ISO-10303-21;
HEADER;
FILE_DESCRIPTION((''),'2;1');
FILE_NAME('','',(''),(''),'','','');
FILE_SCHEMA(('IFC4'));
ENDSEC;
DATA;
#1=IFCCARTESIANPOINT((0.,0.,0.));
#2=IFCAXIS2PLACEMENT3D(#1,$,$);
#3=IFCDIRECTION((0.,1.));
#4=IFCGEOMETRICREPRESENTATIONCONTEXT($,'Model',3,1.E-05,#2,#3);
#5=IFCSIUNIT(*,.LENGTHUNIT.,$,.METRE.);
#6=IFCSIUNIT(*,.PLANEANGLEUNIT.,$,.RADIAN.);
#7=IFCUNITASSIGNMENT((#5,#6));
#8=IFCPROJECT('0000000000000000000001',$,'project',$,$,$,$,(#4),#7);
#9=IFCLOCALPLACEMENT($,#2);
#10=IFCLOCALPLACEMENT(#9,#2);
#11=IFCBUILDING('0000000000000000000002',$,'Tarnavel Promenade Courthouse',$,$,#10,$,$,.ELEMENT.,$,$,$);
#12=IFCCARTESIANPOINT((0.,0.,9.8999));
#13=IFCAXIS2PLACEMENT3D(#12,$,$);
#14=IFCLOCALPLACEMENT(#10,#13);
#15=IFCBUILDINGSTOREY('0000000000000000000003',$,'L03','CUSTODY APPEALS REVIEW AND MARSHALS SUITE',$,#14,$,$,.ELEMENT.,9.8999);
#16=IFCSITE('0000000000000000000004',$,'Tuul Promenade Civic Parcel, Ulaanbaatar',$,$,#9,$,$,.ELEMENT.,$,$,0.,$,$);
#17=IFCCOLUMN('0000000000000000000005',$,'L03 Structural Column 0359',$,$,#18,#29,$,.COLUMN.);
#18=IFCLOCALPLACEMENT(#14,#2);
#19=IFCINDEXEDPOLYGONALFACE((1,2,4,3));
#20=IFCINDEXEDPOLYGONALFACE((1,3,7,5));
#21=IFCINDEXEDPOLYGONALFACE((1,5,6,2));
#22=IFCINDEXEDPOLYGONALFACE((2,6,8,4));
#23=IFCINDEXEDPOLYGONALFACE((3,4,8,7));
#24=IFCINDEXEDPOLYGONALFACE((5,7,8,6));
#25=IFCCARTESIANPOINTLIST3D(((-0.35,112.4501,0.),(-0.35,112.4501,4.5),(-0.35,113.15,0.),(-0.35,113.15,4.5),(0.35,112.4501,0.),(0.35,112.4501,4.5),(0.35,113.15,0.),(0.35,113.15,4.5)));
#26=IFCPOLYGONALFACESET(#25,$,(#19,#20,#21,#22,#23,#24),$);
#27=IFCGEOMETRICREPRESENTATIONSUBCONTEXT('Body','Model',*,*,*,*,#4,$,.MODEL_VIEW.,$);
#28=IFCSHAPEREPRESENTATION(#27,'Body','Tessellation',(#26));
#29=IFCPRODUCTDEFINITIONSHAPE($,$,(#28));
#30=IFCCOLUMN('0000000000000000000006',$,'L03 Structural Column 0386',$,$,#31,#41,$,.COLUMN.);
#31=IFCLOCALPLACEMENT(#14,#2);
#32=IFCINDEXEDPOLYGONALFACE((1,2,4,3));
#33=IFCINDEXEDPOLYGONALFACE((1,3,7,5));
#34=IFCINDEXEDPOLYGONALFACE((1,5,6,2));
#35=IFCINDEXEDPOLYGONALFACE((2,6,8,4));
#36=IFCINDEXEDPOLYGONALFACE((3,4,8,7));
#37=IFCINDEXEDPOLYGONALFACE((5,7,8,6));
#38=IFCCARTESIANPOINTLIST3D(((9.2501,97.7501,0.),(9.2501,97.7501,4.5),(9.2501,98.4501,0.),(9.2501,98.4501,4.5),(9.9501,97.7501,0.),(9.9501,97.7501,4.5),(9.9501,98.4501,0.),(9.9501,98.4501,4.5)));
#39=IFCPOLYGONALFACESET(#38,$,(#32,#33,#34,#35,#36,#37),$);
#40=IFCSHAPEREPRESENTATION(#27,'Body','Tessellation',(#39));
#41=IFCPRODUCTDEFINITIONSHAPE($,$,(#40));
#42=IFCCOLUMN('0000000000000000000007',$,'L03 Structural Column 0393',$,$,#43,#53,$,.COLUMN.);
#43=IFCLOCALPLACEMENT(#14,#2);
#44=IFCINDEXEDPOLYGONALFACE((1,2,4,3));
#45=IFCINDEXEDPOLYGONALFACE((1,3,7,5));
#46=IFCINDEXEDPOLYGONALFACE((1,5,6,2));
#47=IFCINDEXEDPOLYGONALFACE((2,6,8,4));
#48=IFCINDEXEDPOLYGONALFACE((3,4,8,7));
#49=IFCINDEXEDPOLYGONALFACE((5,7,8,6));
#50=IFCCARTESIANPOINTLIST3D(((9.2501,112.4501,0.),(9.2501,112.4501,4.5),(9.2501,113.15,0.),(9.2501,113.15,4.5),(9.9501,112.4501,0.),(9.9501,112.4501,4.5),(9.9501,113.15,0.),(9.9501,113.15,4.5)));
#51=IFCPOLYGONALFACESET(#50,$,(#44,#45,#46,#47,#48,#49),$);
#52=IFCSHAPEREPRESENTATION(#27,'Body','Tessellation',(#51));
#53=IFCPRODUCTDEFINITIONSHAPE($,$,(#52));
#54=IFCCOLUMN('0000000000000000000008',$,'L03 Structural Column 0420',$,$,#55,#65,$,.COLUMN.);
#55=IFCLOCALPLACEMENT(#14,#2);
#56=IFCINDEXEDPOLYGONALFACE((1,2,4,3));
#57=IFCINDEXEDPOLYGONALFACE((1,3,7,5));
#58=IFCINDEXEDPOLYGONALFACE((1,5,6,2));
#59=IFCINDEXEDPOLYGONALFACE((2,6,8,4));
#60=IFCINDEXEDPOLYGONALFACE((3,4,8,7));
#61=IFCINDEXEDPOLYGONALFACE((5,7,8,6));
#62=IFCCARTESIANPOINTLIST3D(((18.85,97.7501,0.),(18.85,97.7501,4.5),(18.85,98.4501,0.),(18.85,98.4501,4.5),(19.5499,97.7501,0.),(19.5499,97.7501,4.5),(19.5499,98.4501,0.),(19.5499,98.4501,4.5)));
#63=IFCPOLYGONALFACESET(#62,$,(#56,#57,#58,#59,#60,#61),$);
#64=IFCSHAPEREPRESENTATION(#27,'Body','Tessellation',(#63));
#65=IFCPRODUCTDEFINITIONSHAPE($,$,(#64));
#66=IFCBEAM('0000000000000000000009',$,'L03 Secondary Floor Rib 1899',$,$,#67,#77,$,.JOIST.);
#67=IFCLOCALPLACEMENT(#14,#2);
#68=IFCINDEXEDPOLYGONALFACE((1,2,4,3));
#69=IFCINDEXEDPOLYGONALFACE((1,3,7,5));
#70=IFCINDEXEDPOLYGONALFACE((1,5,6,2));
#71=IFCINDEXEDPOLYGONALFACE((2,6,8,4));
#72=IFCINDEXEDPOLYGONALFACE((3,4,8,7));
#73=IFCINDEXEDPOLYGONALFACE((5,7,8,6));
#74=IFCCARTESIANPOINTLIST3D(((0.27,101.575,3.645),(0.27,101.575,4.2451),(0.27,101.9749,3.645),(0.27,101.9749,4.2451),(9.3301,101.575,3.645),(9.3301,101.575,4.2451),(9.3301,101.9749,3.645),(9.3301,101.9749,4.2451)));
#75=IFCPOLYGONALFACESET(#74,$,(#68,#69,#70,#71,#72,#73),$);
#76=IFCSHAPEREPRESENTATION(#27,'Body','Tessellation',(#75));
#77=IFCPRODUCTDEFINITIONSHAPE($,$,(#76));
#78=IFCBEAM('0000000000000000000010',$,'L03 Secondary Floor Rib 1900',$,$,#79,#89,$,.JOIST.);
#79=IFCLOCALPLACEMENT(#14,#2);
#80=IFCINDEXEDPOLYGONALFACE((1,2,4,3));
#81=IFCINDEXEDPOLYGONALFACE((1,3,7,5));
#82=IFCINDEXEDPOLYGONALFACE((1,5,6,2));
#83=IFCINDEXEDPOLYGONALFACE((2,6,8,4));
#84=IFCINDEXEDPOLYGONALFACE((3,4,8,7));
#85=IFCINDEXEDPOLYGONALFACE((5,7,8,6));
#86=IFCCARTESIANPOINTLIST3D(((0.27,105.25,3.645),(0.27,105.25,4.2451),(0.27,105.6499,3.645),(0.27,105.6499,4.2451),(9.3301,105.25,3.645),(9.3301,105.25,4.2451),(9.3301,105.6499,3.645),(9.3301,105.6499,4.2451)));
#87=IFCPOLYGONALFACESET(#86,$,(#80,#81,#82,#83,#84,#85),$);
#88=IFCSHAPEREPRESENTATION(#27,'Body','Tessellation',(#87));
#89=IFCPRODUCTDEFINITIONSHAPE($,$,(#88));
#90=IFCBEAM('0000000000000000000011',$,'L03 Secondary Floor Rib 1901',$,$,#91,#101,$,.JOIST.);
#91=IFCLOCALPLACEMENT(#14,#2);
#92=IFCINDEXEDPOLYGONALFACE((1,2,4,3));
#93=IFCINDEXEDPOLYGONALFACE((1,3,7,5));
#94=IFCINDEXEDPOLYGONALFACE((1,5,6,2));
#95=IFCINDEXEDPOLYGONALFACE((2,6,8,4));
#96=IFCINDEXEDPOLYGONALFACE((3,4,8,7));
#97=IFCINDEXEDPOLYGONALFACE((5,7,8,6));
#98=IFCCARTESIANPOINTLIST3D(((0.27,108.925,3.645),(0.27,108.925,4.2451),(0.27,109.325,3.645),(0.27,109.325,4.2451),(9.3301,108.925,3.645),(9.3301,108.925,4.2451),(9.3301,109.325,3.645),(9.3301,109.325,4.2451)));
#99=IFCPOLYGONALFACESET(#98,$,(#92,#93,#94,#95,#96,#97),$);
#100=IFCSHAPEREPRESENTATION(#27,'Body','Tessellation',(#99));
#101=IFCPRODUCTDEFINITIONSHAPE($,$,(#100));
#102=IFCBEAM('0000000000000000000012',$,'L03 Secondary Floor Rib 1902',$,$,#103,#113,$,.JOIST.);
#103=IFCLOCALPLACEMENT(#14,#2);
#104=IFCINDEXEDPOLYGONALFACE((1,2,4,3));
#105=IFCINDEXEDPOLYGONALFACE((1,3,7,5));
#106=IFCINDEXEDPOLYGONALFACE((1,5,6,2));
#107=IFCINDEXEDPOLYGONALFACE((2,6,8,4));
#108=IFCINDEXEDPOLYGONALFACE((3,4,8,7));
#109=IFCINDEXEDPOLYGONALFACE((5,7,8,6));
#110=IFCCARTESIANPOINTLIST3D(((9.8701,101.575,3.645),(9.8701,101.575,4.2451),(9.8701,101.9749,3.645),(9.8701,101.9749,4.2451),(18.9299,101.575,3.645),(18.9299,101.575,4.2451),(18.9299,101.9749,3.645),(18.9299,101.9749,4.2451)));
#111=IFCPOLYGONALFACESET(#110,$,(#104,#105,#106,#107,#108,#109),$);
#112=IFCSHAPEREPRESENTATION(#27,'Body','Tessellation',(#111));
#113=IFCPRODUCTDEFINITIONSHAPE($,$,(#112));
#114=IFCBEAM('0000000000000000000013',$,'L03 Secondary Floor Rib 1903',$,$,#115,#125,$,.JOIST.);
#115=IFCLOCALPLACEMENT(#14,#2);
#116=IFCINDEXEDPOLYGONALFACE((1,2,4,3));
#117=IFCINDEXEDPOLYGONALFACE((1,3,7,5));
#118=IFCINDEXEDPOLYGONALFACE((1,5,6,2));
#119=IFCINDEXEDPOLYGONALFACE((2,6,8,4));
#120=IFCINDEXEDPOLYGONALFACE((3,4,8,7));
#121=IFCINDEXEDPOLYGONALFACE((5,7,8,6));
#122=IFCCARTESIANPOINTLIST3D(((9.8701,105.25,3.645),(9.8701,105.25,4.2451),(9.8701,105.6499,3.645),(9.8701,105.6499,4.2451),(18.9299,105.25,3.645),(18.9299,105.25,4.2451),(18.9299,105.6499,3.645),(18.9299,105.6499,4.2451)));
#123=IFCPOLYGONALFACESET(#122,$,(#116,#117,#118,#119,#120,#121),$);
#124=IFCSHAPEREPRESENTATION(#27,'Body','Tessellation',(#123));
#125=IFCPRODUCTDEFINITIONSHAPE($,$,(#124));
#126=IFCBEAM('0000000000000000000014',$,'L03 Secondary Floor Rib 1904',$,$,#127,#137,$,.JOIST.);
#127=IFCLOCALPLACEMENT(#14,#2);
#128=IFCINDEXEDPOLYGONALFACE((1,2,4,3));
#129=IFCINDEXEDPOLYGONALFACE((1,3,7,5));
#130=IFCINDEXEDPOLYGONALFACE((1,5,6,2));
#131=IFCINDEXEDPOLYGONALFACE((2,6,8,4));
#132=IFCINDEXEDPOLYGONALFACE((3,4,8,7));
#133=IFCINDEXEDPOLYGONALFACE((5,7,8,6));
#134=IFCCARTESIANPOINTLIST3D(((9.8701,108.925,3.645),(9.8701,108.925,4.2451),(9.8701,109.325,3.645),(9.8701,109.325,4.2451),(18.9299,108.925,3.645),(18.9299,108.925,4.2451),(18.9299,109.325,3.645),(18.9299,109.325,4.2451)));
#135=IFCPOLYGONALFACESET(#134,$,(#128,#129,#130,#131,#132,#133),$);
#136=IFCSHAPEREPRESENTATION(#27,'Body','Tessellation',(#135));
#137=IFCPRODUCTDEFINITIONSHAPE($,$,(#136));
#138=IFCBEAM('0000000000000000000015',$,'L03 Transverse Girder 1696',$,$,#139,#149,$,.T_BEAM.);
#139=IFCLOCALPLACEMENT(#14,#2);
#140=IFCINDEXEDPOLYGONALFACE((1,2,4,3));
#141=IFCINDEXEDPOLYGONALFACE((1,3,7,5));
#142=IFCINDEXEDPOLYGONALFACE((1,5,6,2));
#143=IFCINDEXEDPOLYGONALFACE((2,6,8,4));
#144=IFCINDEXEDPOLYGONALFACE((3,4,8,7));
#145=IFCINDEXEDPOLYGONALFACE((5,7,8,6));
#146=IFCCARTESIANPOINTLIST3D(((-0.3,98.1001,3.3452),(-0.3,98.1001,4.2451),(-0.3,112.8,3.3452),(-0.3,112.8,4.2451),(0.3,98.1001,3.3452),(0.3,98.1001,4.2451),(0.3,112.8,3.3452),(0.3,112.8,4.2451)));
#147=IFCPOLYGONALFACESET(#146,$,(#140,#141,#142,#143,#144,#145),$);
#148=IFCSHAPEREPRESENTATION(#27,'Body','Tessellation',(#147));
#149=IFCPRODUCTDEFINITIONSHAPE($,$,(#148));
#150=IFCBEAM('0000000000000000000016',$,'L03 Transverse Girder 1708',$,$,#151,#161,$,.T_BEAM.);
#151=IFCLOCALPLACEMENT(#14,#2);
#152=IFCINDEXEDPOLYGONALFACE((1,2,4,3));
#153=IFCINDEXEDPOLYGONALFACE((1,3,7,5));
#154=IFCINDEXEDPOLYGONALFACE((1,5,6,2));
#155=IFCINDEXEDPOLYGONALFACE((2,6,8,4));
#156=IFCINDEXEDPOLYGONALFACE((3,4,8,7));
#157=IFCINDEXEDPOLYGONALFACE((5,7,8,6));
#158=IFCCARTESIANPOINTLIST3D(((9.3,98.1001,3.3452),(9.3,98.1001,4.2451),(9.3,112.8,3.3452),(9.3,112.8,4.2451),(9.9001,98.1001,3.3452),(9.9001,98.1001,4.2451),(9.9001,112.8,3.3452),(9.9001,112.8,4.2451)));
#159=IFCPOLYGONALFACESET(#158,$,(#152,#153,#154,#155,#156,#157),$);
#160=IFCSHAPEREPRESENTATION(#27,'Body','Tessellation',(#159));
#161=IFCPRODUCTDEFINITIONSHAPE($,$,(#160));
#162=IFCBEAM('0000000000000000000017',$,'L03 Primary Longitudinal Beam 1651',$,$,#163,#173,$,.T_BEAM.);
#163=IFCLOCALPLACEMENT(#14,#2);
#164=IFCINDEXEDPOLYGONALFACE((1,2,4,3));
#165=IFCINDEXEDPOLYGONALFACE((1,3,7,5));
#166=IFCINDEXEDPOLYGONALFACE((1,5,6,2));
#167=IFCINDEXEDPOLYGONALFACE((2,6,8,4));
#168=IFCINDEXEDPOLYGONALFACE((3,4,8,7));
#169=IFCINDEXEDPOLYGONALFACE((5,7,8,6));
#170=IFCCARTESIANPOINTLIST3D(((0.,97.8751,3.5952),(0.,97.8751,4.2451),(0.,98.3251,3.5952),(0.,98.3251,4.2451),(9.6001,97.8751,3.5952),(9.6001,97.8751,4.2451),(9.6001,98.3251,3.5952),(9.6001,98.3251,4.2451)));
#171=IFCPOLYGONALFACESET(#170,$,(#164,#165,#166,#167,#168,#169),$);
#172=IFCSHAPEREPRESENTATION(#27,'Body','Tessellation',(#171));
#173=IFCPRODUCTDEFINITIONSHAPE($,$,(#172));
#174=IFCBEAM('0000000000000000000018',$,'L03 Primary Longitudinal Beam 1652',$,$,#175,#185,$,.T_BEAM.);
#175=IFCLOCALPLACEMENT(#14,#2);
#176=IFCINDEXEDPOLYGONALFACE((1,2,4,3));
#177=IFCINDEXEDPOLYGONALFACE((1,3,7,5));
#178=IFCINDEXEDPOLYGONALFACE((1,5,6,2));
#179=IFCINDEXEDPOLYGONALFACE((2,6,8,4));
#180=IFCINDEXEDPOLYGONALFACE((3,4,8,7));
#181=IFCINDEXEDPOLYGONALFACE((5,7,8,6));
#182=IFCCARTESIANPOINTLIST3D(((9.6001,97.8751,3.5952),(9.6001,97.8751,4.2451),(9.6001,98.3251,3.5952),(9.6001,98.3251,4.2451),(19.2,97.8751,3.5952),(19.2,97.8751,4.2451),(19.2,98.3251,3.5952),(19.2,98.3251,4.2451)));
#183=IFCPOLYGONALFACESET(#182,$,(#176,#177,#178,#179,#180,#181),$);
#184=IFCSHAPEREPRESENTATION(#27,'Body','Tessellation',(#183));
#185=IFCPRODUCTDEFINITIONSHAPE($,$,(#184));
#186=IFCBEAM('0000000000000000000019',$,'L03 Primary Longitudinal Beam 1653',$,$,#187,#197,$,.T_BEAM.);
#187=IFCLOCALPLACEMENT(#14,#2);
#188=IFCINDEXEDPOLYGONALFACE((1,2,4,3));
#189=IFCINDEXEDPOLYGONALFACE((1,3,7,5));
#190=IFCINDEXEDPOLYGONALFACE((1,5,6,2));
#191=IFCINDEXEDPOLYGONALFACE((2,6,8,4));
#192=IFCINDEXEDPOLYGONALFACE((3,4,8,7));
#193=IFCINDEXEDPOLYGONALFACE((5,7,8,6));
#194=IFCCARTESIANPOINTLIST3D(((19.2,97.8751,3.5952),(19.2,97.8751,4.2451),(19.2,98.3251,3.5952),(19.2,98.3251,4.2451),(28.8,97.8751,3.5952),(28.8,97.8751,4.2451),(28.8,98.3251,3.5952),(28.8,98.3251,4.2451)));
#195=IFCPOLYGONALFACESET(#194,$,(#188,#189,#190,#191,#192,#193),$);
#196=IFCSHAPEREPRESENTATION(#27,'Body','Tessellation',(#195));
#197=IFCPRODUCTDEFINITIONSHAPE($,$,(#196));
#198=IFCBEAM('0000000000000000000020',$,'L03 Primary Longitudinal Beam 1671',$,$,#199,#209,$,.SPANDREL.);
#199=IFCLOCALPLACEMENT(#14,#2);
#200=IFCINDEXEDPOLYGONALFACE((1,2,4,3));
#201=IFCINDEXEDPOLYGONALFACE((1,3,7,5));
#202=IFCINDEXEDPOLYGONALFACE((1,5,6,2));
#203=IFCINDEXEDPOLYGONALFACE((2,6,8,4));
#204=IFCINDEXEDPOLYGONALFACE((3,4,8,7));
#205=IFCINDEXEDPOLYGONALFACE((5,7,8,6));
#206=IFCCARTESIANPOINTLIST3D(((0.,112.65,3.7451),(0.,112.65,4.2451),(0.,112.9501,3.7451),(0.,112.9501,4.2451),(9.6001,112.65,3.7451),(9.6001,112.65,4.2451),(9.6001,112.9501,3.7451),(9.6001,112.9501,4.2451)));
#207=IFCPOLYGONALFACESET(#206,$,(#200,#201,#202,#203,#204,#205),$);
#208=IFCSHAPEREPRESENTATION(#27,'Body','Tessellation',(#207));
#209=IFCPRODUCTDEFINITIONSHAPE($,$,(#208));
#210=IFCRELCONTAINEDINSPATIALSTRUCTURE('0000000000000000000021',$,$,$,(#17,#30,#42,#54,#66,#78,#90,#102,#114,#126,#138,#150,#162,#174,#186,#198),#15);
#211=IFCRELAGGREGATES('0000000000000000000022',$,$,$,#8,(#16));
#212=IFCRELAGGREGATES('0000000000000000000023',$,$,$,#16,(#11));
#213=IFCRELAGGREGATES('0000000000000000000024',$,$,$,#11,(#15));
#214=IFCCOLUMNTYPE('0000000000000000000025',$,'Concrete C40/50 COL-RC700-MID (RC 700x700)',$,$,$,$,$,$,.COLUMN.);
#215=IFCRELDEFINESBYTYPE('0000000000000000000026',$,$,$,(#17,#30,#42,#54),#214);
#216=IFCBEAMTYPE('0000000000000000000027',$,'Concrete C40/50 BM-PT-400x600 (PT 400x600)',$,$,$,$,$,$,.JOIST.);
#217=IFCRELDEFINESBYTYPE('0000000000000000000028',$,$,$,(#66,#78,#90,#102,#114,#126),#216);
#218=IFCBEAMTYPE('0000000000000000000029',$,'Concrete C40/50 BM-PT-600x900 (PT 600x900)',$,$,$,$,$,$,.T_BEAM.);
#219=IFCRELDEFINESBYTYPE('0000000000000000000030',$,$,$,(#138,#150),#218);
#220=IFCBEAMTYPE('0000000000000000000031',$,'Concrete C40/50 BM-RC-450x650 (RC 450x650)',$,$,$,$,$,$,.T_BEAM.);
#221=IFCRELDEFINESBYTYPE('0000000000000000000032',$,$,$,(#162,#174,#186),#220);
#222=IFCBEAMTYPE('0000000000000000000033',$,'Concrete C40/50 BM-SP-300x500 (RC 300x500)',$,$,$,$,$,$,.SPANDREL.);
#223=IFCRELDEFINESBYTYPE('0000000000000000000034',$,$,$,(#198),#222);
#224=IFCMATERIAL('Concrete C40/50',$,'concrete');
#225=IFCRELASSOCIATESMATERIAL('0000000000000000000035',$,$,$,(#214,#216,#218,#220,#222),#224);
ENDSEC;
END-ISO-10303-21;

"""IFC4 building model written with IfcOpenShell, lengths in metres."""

from ifc_helpers import new_model, si_unit, direction, frame, origin, origin_2d, place, context, subcontext, project, spatial, rectangle, extrude, material, material_profile, profile_set, type_object, element, save


model = new_model("IFC4")

# Units and contexts
model_context = context("Model", 3, precision=1e-05, world=origin(), true_north=direction((0.0, 1.0)))
body_context = subcontext(model_context, "Body", "Model", "MODEL_VIEW")
ifc_project = project(units=[si_unit("LENGTHUNIT", "METRE"), si_unit("PLANEANGLEUNIT", "RADIAN")], contexts=[model_context])

# Site, building, storey
site_placement = place(None, origin())
site = spatial("IfcSite", under=ifc_project, at=site_placement, Name="Tuul Promenade Civic Parcel, Ulaanbaatar", CompositionType="ELEMENT", RefElevation=0.0)
building_placement = place(site_placement, origin())
building = spatial("IfcBuilding", under=site, at=building_placement, Name="Tarnavel Promenade Courthouse", CompositionType="ELEMENT")
storey_placement = place(building_placement, frame((0.0, 0.0, 9.8999)))
storey = spatial("IfcBuildingStorey", under=building, at=storey_placement, Name="L03", Description="CUSTODY APPEALS REVIEW AND MARSHALS SUITE", CompositionType="ELEMENT", Elevation=9.8999)

# Columns
ifc_material_1 = material(Name="Concrete C40/50", Category="concrete")
ifc_material_profile_1 = material_profile(ifc_material_1, rectangle(XDim=0.7, YDim=0.7, at=origin_2d()), Name="RC 700x700")
ifc_profile_set_1 = profile_set([ifc_material_profile_1], Name="Concrete C40/50")
column_type = type_object("IfcColumnType", Name="Concrete C40/50 COL-RC700-MID (RC 700x700)", PredefinedType="COLUMN", material=ifc_profile_set_1)
for number, where, z_axis, x_axis, name in (
    (1, (0.0, 112.8, 0.0), (0.0, 0.0, 1.0), (1.0, 0.0, 0.0), "L03 Structural Column 0359"),
    (2, (9.6001, 98.1001, 0.0), (0.0, 0.0, 1.0), (1.0, 0.0, 0.0), "L03 Structural Column 0386"),
    (3, (9.6001, 112.8, 0.0), (0.0, 0.0, 1.0), (1.0, 0.0, 0.0), "L03 Structural Column 0393"),
    (4, (19.2, 98.1001, 0.0), (0.0, 0.0, 1.0), (1.0, 0.0, 0.0), "L03 Structural Column 0420"),
):
    element("IfcColumn", number, at=place(storey_placement, frame(where, z_axis=z_axis, x_axis=x_axis)), inside=storey, type_object=column_type, Name=name, PredefinedType="COLUMN", context=body_context, shape_type="SweptSolid", body=[
        extrude(rectangle(XDim=0.7, YDim=0.7, at=origin_2d()), origin(), (0.0, 0.0, 1.0), 4.5),
    ])

# Beams
ifc_material_profile_2 = material_profile(ifc_material_1, rectangle(XDim=0.3999, YDim=0.6001, at=origin_2d()), Name="PT 400x600")
ifc_profile_set_2 = profile_set([ifc_material_profile_2], Name="Concrete C40/50")
beam_type_1 = type_object("IfcBeamType", Name="Concrete C40/50 BM-PT-400x600 (PT 400x600)", PredefinedType="JOIST", material=ifc_profile_set_2)
for number, where, z_axis, x_axis, name in (
    (5, (0.27, 101.7749, 3.9451), (1.0, 0.0, 0.0), (0.0, 1.0, 0.0), "L03 Secondary Floor Rib 1899"),
    (6, (0.27, 105.45, 3.9451), (1.0, 0.0, 0.0), (0.0, 1.0, 0.0), "L03 Secondary Floor Rib 1900"),
    (7, (0.27, 109.125, 3.9451), (1.0, 0.0, 0.0), (0.0, 1.0, 0.0), "L03 Secondary Floor Rib 1901"),
):
    element("IfcBeam", number, at=place(storey_placement, frame(where, z_axis=z_axis, x_axis=x_axis)), inside=storey, type_object=beam_type_1, Name=name, PredefinedType="JOIST", context=body_context, shape_type="SweptSolid", body=[
        extrude(rectangle(XDim=0.3999, YDim=0.6001, at=origin_2d()), origin(), (0.0, 0.0, 1.0), 9.0601),
    ])
for number, where, z_axis, x_axis, name in (
    (8, (9.8701, 101.7749, 3.9451), (1.0, 0.0, 0.0), (0.0, 1.0, 0.0), "L03 Secondary Floor Rib 1902"),
    (9, (9.8701, 105.45, 3.9451), (1.0, 0.0, 0.0), (0.0, 1.0, 0.0), "L03 Secondary Floor Rib 1903"),
    (10, (9.8701, 109.125, 3.9451), (1.0, 0.0, 0.0), (0.0, 1.0, 0.0), "L03 Secondary Floor Rib 1904"),
):
    element("IfcBeam", number, at=place(storey_placement, frame(where, z_axis=z_axis, x_axis=x_axis)), inside=storey, type_object=beam_type_1, Name=name, PredefinedType="JOIST", context=body_context, shape_type="SweptSolid", body=[
        extrude(rectangle(XDim=0.3999, YDim=0.6001, at=origin_2d()), origin(), (0.0, 0.0, 1.0), 9.0598),
    ])
ifc_material_profile_3 = material_profile(ifc_material_1, rectangle(XDim=0.6001, YDim=0.8999, at=origin_2d()), Name="PT 600x900")
ifc_profile_set_3 = profile_set([ifc_material_profile_3], Name="Concrete C40/50")
beam_type_2 = type_object("IfcBeamType", Name="Concrete C40/50 BM-PT-600x900 (PT 600x900)", PredefinedType="T_BEAM", material=ifc_profile_set_3)
for number, where, z_axis, x_axis, name in (
    (11, (0.0, 98.1001, 3.7952), (0.0, 1.0, 0.0), (-1.0, 0.0, 0.0), "L03 Transverse Girder 1696"),
    (12, (9.6001, 98.1001, 3.7952), (0.0, 1.0, 0.0), (-1.0, 0.0, 0.0), "L03 Transverse Girder 1708"),
):
    element("IfcBeam", number, at=place(storey_placement, frame(where, z_axis=z_axis, x_axis=x_axis)), inside=storey, type_object=beam_type_2, Name=name, PredefinedType="T_BEAM", context=body_context, shape_type="SweptSolid", body=[
        extrude(rectangle(XDim=0.6001, YDim=0.8999, at=origin_2d()), origin(), (0.0, 0.0, 1.0), 14.7),
    ])
ifc_material_profile_4 = material_profile(ifc_material_1, rectangle(XDim=0.45, YDim=0.6499, at=origin_2d()), Name="RC 450x650")
ifc_profile_set_4 = profile_set([ifc_material_profile_4], Name="Concrete C40/50")
beam_type_3 = type_object("IfcBeamType", Name="Concrete C40/50 BM-RC-450x650 (RC 450x650)", PredefinedType="T_BEAM", material=ifc_profile_set_4)
beam_1_placement = place(storey_placement, frame((0.0, 98.1001, 3.9202), z_axis=(1.0, 0.0, 0.0), x_axis=(0.0, 1.0, 0.0)))
element("IfcBeam", 13, at=beam_1_placement, inside=storey, type_object=beam_type_3, Name="L03 Primary Longitudinal Beam 1651", PredefinedType="T_BEAM", context=body_context, shape_type="SweptSolid", body=[
    extrude(rectangle(XDim=0.45, YDim=0.6499, at=origin_2d()), origin(), (0.0, 0.0, 1.0), 9.6001),
])
beam_2_placement = place(storey_placement, frame((9.6001, 98.1001, 3.9202), z_axis=(1.0, 0.0, 0.0), x_axis=(0.0, 1.0, 0.0)))
element("IfcBeam", 14, at=beam_2_placement, inside=storey, type_object=beam_type_3, Name="L03 Primary Longitudinal Beam 1652", PredefinedType="T_BEAM", context=body_context, shape_type="SweptSolid", body=[
    extrude(rectangle(XDim=0.45, YDim=0.6499, at=origin_2d()), origin(), (0.0, 0.0, 1.0), 9.5999),
])
beam_3_placement = place(storey_placement, frame((19.2, 98.1001, 3.9202), z_axis=(1.0, 0.0, 0.0), x_axis=(0.0, 1.0, 0.0)))
element("IfcBeam", 15, at=beam_3_placement, inside=storey, type_object=beam_type_3, Name="L03 Primary Longitudinal Beam 1653", PredefinedType="T_BEAM", context=body_context, shape_type="SweptSolid", body=[
    extrude(rectangle(XDim=0.45, YDim=0.6499, at=origin_2d()), origin(), (0.0, 0.0, 1.0), 9.6001),
])
ifc_material_profile_5 = material_profile(ifc_material_1, rectangle(XDim=0.3, YDim=0.5, at=origin_2d()), Name="RC 300x500")
ifc_profile_set_5 = profile_set([ifc_material_profile_5], Name="Concrete C40/50")
beam_type_4 = type_object("IfcBeamType", Name="Concrete C40/50 BM-SP-300x500 (RC 300x500)", PredefinedType="SPANDREL", material=ifc_profile_set_5)
beam_4_placement = place(storey_placement, frame((0.0, 112.8, 3.9951), z_axis=(1.0, 0.0, 0.0), x_axis=(0.0, 1.0, 0.0)))
element("IfcBeam", 16, at=beam_4_placement, inside=storey, type_object=beam_type_4, Name="L03 Primary Longitudinal Beam 1671", PredefinedType="SPANDREL", context=body_context, shape_type="SweptSolid", body=[
    extrude(rectangle(XDim=0.3, YDim=0.5, at=origin_2d()), origin(), (0.0, 0.0, 1.0), 9.6001),
])

save(model, "model.ifc")
